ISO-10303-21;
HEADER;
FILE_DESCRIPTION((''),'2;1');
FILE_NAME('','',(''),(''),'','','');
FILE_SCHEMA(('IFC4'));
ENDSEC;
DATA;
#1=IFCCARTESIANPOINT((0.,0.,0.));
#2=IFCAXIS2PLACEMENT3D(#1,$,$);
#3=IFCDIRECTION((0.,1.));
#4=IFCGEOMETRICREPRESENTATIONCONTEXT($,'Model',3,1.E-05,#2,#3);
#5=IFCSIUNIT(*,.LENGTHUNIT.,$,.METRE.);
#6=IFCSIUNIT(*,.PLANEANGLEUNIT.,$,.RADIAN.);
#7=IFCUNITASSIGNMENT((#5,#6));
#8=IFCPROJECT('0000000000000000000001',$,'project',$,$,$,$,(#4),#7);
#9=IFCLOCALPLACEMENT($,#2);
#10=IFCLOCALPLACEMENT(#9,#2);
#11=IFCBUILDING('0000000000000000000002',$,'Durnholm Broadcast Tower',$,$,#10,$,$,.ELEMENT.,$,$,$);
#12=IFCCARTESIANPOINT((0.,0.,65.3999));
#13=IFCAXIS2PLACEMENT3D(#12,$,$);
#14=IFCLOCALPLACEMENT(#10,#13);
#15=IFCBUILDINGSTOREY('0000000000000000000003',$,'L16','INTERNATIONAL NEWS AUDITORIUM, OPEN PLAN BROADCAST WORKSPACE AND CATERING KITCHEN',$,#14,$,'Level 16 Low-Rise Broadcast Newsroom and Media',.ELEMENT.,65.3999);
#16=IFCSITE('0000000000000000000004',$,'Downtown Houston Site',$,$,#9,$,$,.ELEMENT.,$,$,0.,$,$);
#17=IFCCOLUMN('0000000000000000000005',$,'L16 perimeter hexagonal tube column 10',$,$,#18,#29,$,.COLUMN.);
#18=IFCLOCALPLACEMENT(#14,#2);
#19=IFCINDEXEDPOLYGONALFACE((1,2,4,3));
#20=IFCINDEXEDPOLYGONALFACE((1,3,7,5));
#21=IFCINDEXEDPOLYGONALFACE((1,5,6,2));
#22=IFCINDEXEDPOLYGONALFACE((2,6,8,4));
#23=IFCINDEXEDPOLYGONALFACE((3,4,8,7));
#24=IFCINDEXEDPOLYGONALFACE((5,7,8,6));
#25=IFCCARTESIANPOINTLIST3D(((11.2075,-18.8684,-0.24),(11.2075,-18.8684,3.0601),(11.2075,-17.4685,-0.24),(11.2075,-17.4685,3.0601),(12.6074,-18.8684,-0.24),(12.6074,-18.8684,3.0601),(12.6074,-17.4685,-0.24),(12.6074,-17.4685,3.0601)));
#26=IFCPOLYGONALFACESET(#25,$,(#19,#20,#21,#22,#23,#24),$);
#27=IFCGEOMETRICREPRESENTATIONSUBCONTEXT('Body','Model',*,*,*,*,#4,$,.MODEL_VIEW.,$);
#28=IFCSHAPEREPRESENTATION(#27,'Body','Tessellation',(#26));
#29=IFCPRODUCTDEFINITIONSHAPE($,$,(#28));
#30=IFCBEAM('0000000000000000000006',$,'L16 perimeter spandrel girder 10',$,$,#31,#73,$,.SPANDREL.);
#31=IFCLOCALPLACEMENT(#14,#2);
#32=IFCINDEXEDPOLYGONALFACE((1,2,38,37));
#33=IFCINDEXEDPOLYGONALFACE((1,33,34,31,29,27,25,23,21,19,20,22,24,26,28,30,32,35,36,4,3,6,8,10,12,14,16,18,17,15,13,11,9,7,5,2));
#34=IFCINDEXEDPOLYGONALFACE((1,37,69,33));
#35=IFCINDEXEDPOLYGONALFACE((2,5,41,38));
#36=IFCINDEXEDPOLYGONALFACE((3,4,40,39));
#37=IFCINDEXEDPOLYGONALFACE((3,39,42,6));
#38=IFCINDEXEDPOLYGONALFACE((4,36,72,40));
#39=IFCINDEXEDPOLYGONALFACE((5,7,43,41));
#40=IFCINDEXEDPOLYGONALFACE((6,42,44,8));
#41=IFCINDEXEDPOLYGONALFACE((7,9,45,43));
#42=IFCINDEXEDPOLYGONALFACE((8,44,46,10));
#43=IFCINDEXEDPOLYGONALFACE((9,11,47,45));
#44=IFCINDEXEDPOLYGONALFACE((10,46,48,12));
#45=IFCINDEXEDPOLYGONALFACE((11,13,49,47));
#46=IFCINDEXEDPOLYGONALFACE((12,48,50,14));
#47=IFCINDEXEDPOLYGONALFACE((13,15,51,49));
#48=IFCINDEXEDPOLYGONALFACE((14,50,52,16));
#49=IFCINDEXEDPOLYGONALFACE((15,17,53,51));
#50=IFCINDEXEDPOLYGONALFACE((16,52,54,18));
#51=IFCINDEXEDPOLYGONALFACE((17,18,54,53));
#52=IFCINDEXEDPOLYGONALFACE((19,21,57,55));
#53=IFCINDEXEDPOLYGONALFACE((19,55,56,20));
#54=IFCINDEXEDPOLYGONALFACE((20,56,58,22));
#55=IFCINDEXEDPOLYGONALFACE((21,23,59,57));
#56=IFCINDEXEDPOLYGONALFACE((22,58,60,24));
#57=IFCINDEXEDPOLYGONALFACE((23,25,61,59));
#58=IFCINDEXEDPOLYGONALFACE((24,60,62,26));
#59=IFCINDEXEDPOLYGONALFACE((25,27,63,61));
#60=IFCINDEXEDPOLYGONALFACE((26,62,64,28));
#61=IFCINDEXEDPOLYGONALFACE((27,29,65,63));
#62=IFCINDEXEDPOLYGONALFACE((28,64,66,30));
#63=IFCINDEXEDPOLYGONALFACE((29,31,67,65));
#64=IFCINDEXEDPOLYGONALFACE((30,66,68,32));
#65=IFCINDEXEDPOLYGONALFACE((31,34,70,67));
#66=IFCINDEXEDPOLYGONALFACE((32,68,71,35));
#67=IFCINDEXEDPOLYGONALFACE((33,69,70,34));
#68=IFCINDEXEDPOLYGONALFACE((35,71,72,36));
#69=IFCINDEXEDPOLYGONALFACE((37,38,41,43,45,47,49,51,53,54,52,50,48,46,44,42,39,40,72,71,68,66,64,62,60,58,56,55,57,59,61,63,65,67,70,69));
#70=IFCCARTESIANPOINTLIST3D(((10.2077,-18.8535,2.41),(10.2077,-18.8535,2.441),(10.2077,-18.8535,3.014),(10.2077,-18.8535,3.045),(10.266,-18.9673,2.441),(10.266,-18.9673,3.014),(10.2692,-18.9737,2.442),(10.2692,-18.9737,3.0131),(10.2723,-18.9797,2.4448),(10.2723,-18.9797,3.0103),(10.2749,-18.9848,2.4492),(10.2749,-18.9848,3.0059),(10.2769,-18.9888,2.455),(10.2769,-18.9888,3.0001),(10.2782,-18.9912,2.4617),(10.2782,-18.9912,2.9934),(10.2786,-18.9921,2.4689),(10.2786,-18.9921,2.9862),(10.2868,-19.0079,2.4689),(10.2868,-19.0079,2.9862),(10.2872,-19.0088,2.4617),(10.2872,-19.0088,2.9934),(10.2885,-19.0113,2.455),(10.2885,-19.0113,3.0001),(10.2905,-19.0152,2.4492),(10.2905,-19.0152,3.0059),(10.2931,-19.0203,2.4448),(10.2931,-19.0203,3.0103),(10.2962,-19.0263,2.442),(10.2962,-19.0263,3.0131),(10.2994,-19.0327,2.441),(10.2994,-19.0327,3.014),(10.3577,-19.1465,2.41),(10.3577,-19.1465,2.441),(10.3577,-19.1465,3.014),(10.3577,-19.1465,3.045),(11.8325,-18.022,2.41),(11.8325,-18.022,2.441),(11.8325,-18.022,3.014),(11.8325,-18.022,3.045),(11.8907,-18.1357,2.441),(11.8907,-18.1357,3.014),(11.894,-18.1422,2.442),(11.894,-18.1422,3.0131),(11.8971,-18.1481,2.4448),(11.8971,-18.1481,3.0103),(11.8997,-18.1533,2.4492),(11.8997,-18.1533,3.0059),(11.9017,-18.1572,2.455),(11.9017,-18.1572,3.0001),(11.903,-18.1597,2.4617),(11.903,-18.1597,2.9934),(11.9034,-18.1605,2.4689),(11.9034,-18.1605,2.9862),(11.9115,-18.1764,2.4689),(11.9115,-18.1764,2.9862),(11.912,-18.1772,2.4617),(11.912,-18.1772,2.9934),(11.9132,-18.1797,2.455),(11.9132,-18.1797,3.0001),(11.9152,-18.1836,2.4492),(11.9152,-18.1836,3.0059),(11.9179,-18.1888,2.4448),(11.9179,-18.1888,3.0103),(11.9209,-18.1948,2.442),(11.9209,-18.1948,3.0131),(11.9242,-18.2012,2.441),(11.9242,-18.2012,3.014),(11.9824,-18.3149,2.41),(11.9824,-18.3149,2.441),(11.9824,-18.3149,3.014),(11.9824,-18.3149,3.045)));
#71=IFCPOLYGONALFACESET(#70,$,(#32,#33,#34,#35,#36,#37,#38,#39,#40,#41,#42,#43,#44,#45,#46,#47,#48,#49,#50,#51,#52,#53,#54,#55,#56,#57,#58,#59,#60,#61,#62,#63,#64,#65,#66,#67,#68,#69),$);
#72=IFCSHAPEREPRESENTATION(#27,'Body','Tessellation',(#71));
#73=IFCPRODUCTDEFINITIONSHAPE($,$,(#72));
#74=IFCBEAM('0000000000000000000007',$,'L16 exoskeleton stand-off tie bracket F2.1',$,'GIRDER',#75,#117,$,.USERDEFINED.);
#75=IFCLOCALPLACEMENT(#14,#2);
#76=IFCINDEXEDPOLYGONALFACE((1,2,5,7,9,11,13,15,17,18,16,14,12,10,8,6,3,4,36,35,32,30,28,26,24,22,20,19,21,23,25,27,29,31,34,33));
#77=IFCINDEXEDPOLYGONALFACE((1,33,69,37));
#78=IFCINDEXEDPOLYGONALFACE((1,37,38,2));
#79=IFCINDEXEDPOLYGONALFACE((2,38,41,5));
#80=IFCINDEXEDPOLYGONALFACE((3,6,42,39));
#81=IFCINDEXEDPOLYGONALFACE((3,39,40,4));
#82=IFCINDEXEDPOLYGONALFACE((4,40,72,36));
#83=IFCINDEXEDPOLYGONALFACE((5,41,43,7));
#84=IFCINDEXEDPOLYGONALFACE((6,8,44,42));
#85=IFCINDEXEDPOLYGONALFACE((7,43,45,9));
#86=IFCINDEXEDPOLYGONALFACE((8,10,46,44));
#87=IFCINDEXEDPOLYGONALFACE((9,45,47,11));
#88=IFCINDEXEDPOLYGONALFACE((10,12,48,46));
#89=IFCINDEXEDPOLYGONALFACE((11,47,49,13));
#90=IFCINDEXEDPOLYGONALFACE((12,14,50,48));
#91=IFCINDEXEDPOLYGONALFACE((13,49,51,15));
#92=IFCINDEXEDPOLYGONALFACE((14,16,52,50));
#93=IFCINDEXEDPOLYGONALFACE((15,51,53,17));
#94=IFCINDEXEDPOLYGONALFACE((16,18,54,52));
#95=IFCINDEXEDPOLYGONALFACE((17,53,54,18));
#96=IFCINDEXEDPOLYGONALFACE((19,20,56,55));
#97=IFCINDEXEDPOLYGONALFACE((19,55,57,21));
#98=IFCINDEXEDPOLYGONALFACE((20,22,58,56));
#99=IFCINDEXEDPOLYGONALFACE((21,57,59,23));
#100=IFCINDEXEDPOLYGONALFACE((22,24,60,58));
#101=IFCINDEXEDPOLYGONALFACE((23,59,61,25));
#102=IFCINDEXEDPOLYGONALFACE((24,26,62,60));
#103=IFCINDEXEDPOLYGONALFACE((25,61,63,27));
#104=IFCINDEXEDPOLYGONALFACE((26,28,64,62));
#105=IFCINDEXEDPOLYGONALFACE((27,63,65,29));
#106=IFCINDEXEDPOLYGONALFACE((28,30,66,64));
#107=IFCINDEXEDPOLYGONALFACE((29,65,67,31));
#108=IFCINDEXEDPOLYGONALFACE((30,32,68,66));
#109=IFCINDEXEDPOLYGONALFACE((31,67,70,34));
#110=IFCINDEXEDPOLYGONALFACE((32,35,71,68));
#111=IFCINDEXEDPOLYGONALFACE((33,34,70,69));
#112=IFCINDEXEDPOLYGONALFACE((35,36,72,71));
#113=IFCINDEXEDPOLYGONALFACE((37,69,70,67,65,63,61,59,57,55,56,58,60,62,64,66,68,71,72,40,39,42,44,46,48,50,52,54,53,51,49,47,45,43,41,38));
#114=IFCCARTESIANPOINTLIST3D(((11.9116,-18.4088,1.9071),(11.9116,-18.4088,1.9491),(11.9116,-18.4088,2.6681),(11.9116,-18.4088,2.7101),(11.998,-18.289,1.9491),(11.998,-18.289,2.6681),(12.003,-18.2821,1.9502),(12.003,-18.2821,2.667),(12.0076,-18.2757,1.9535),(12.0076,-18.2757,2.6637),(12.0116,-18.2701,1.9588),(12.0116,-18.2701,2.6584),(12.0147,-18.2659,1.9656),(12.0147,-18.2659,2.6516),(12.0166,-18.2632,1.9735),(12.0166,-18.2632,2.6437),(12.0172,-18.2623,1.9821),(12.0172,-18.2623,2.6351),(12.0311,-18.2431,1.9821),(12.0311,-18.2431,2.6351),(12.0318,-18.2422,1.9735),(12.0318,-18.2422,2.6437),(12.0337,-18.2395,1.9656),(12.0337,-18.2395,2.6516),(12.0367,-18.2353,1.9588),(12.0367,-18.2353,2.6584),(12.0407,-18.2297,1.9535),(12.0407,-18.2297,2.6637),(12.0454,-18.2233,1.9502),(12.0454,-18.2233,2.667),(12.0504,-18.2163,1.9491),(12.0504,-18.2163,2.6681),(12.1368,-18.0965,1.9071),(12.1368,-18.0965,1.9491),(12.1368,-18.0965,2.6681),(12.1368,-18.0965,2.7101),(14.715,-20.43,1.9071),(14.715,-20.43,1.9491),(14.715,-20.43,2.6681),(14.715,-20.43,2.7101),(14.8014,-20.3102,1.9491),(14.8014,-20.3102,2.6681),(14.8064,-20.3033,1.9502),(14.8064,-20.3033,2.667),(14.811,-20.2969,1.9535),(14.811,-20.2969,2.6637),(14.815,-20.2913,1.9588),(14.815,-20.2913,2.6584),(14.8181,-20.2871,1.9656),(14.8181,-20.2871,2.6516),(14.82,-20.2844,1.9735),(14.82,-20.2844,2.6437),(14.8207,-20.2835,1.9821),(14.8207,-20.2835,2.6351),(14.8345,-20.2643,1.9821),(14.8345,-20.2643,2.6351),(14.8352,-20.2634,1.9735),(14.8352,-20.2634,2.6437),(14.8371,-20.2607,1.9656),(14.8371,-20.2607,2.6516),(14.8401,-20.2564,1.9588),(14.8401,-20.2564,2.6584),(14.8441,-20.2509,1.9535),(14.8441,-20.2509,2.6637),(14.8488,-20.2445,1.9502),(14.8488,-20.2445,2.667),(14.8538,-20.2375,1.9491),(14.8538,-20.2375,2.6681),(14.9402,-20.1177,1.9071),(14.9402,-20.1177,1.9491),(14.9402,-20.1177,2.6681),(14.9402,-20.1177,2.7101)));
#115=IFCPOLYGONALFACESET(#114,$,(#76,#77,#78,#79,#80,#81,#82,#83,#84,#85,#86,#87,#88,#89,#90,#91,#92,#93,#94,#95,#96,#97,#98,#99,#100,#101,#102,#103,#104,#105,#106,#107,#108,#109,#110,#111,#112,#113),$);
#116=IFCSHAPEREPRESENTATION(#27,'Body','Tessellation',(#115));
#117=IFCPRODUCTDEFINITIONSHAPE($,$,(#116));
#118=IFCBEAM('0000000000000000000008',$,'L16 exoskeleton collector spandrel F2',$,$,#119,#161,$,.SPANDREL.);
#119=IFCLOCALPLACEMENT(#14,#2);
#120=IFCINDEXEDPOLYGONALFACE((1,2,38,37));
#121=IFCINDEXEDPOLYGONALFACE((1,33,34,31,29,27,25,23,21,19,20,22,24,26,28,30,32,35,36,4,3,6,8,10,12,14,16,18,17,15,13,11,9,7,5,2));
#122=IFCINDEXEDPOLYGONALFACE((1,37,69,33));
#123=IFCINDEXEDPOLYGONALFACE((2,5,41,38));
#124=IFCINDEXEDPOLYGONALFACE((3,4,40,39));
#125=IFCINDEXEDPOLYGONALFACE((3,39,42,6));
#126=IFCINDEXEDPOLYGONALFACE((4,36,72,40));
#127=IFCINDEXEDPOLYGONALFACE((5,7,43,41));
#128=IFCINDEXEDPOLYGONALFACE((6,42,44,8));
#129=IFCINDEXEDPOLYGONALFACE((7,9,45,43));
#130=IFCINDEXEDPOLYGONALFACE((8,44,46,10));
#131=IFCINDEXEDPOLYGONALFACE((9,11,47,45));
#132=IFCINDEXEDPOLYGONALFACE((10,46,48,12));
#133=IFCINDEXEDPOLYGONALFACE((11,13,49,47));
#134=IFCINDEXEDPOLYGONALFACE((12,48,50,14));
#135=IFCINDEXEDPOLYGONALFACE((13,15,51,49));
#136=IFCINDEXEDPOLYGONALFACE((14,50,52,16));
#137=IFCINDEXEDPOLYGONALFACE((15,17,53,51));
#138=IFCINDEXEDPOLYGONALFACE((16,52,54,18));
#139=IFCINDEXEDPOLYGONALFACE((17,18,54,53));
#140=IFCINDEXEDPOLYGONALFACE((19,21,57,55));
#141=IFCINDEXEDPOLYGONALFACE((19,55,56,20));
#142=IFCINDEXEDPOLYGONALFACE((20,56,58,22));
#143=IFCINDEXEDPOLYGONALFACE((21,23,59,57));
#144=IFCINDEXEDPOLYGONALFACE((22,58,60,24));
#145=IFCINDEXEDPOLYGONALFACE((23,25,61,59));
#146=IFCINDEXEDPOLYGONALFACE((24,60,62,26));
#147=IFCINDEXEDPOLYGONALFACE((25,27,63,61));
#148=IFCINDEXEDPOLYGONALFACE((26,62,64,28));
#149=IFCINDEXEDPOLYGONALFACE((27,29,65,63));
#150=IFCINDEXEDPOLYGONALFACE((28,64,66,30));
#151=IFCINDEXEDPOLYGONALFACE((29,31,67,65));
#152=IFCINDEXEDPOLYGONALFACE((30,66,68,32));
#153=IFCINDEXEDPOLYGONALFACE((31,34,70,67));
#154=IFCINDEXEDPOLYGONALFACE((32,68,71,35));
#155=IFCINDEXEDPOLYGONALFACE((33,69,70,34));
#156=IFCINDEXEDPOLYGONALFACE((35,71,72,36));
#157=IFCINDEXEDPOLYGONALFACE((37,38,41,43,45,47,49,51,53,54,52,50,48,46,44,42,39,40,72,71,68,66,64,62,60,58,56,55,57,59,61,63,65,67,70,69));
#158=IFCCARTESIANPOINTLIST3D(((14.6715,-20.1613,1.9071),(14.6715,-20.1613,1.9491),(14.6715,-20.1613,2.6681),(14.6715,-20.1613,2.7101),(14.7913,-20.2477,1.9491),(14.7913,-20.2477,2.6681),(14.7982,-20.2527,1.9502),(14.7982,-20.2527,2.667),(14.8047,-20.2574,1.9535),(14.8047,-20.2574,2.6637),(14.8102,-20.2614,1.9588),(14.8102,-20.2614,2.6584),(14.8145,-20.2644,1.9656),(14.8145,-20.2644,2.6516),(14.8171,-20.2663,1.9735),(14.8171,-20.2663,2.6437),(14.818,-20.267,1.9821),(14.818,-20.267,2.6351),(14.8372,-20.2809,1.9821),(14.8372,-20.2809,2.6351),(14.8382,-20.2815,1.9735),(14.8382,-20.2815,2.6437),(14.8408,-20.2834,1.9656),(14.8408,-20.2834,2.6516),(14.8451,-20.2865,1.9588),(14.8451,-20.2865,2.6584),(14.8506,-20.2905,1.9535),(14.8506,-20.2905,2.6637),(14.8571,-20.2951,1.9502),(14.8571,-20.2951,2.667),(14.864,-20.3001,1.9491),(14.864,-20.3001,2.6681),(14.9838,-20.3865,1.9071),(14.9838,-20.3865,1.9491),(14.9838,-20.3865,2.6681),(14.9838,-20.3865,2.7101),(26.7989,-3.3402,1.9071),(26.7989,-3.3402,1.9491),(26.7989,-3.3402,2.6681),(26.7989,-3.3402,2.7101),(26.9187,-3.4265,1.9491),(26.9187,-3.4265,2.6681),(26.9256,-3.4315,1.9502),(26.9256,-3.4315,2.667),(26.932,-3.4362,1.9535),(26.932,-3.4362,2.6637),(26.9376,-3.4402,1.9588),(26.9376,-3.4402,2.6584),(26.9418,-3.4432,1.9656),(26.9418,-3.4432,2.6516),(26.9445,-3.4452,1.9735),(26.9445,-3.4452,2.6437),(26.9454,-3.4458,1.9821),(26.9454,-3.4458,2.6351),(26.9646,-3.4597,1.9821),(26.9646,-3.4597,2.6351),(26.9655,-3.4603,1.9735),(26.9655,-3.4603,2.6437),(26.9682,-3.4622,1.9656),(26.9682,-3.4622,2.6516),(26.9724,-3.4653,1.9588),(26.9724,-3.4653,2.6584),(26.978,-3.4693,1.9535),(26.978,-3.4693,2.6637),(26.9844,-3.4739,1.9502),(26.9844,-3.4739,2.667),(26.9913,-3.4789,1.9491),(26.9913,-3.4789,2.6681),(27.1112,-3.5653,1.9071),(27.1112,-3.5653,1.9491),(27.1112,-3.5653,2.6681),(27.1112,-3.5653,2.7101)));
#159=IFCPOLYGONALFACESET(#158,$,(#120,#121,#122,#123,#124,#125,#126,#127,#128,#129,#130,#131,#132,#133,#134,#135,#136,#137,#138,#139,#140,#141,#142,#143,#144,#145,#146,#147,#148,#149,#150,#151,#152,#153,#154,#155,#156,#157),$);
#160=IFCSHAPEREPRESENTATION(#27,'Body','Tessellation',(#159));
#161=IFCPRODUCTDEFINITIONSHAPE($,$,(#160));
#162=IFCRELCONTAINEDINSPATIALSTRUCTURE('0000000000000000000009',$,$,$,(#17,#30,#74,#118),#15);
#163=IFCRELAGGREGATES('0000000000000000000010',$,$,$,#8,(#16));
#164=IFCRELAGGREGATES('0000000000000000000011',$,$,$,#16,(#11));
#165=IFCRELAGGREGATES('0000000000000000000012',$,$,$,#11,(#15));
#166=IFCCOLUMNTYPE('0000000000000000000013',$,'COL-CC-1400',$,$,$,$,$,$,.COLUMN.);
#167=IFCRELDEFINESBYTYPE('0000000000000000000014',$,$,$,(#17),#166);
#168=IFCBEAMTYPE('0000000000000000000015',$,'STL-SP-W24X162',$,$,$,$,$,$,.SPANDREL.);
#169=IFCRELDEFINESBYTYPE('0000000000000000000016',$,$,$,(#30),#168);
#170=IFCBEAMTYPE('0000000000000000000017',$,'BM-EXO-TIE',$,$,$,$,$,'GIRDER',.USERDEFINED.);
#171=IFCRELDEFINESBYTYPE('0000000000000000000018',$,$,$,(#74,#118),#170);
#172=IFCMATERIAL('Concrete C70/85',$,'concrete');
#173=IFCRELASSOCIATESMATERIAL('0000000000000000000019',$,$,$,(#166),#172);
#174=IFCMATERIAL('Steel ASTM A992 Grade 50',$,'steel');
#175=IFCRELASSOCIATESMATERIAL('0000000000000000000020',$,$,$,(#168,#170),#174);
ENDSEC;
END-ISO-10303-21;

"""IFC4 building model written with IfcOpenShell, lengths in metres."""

from ifc_helpers import new_model, si_unit, direction, frame, origin, origin_2d, place, context, subcontext, project, spatial, rectangle, i_section, extrude, source, transform, mapped, material, material_profile, profile_set, type_object, type_shapes, element, save


model = new_model("IFC4")

# Units and contexts
model_context = context("Model", 3, precision=1e-05, world=origin(), true_north=direction((0.0, 1.0)))
body_context = subcontext(model_context, "Body", "Model", "MODEL_VIEW")
ifc_project = project(units=[si_unit("LENGTHUNIT", "METRE"), si_unit("PLANEANGLEUNIT", "RADIAN")], contexts=[model_context])

# Site, building, storey
site_placement = place(None, origin())
site = spatial("IfcSite", under=ifc_project, at=site_placement, Name="Downtown Houston Site", CompositionType="ELEMENT", RefElevation=0.0)
building_placement = place(site_placement, origin())
building = spatial("IfcBuilding", under=site, at=building_placement, Name="Durnholm Broadcast Tower", CompositionType="ELEMENT")
storey_placement = place(building_placement, frame((0.0, 0.0, 65.3999)))
storey = spatial("IfcBuildingStorey", under=building, at=storey_placement, Name="L16", Description="INTERNATIONAL NEWS AUDITORIUM, OPEN PLAN BROADCAST WORKSPACE AND CATERING KITCHEN", LongName="Level 16 Low-Rise Broadcast Newsroom and Media", CompositionType="ELEMENT", Elevation=65.3999)

# Column
ifc_material_1 = material(Name="Concrete C70/85", Category="concrete")
ifc_material_profile_1 = material_profile(ifc_material_1, rectangle(XDim=1.3999, YDim=1.3999, at=origin_2d()), Name="RC1400X1400")
ifc_profile_set_1 = profile_set([ifc_material_profile_1], Name="Concrete C70/85")
column_type = type_object("IfcColumnType", Name="COL-CC-1400", PredefinedType="COLUMN", material=ifc_profile_set_1)
shared_shape_1 = source(origin(), body_context, "Body", "SweptSolid", [
    extrude(rectangle(XDim=1.3999, YDim=1.3999, at=origin_2d()), origin(), (0.0, 0.0, 1.0), 3.3),
])
type_shapes(column_type, [shared_shape_1])
column_placement = place(storey_placement, frame((11.9075, -18.1685, -0.24), z_axis=(0.0, 0.0, 1.0), x_axis=(1.0, 0.0, 0.0)))
element("IfcColumn", 1, at=column_placement, inside=storey, type_object=column_type, Name="L16 perimeter hexagonal tube column 10", PredefinedType="COLUMN", context=body_context, shape_type="MappedRepresentation", body=[
    mapped(shared_shape_1, transform((0.0, 0.0, 0.0), x_axis=(1.0, 0.0, 0.0), y_axis=(0.0, 1.0, 0.0), z_axis=(0.0, 0.0, 1.0), scale=1.0)),
])

# Beams
ifc_material_2 = material(Name="Steel ASTM A992 Grade 50", Category="steel")
ifc_material_profile_2 = material_profile(ifc_material_2, i_section(OverallWidth=0.3291, OverallDepth=0.635, WebThickness=0.0178, FlangeThickness=0.031, FilletRadius=0.0278, at=origin_2d()), Name="W24X162")
ifc_profile_set_2 = profile_set([ifc_material_profile_2], Name="Steel ASTM A992 Grade 50")
beam_type_1 = type_object("IfcBeamType", Name="STL-SP-W24X162", PredefinedType="SPANDREL", material=ifc_profile_set_2)
shared_shape_2 = source(origin(), body_context, "Body", "SweptSolid", [
    extrude(i_section(OverallWidth=0.3291, OverallDepth=0.635, WebThickness=0.0178, FlangeThickness=0.031, FilletRadius=0.0278, at=origin_2d()), origin(), (0.0, 0.0, 1.0), 1.8252),
])
type_shapes(beam_type_1, [shared_shape_2])
beam_1_placement = place(storey_placement, frame((11.9075, -18.1685, 2.7275), z_axis=(-0.890188, -0.455594, 0.0), x_axis=(0.455594, -0.890188, 0.0)))
element("IfcBeam", 2, at=beam_1_placement, inside=storey, type_object=beam_type_1, Name="L16 perimeter spandrel girder 10", PredefinedType="SPANDREL", context=body_context, shape_type="MappedRepresentation", body=[
    mapped(shared_shape_2, transform((0.0, 0.0, 0.0), x_axis=(1.0, 0.0, 0.0), y_axis=(0.0, 1.0, 0.0), z_axis=(0.0, 0.0, 1.0), scale=1.0)),
])
ifc_material_profile_3 = material_profile(ifc_material_2, i_section(OverallWidth=0.385, OverallDepth=0.803, WebThickness=0.0237, FlangeThickness=0.042, FilletRadius=0.033, at=origin_2d()), Name="W30X261")
ifc_profile_set_3 = profile_set([ifc_material_profile_3], Name="Steel ASTM A992 Grade 50")
beam_type_2 = type_object("IfcBeamType", Name="BM-EXO-TIE", ElementType="GIRDER", PredefinedType="USERDEFINED", material=ifc_profile_set_3)
shared_shape_3 = source(origin(), body_context, "Body", "SweptSolid", [
    extrude(i_section(OverallWidth=0.385, OverallDepth=0.803, WebThickness=0.0237, FlangeThickness=0.042, FilletRadius=0.033, at=origin_2d()), origin(), (0.0, 0.0, 1.0), 3.4561),
])
beam_2_placement = place(storey_placement, frame((12.0242, -18.2527, 2.3086), z_axis=(0.811158, -0.584828, 0.0), x_axis=(0.584828, 0.811158, 0.0)))
element("IfcBeam", 3, at=beam_2_placement, inside=storey, type_object=beam_type_2, Name="L16 exoskeleton stand-off tie bracket F2.1", ObjectType="GIRDER", PredefinedType="USERDEFINED", context=body_context, shape_type="MappedRepresentation", body=[
    mapped(shared_shape_3, transform((0.0, 0.0, 0.0), x_axis=(1.0, 0.0, 0.0), y_axis=(0.0, 1.0, 0.0), z_axis=(0.0, 0.0, 1.0), scale=1.0)),
])
shared_shape_4 = source(origin(), body_context, "Body", "SweptSolid", [
    extrude(i_section(OverallWidth=0.385, OverallDepth=0.803, WebThickness=0.0237, FlangeThickness=0.042, FilletRadius=0.033, at=origin_2d()), origin(), (0.0, 0.0, 1.0), 20.7371),
])
type_shapes(beam_type_2, [shared_shape_3, shared_shape_4])
beam_3_placement = place(storey_placement, frame((14.8276, -20.2739, 2.3086), z_axis=(0.584816, 0.811166, 0.0), x_axis=(-0.811166, 0.584816, 0.0)))
element("IfcBeam", 4, at=beam_3_placement, inside=storey, type_object=beam_type_2, Name="L16 exoskeleton collector spandrel F2", PredefinedType="SPANDREL", context=body_context, shape_type="MappedRepresentation", body=[
    mapped(shared_shape_4, transform((0.0, 0.0, 0.0), x_axis=(1.0, 0.0, 0.0), y_axis=(0.0, 1.0, 0.0), z_axis=(0.0, 0.0, 1.0), scale=1.0)),
])

save(model, "model.ifc")
